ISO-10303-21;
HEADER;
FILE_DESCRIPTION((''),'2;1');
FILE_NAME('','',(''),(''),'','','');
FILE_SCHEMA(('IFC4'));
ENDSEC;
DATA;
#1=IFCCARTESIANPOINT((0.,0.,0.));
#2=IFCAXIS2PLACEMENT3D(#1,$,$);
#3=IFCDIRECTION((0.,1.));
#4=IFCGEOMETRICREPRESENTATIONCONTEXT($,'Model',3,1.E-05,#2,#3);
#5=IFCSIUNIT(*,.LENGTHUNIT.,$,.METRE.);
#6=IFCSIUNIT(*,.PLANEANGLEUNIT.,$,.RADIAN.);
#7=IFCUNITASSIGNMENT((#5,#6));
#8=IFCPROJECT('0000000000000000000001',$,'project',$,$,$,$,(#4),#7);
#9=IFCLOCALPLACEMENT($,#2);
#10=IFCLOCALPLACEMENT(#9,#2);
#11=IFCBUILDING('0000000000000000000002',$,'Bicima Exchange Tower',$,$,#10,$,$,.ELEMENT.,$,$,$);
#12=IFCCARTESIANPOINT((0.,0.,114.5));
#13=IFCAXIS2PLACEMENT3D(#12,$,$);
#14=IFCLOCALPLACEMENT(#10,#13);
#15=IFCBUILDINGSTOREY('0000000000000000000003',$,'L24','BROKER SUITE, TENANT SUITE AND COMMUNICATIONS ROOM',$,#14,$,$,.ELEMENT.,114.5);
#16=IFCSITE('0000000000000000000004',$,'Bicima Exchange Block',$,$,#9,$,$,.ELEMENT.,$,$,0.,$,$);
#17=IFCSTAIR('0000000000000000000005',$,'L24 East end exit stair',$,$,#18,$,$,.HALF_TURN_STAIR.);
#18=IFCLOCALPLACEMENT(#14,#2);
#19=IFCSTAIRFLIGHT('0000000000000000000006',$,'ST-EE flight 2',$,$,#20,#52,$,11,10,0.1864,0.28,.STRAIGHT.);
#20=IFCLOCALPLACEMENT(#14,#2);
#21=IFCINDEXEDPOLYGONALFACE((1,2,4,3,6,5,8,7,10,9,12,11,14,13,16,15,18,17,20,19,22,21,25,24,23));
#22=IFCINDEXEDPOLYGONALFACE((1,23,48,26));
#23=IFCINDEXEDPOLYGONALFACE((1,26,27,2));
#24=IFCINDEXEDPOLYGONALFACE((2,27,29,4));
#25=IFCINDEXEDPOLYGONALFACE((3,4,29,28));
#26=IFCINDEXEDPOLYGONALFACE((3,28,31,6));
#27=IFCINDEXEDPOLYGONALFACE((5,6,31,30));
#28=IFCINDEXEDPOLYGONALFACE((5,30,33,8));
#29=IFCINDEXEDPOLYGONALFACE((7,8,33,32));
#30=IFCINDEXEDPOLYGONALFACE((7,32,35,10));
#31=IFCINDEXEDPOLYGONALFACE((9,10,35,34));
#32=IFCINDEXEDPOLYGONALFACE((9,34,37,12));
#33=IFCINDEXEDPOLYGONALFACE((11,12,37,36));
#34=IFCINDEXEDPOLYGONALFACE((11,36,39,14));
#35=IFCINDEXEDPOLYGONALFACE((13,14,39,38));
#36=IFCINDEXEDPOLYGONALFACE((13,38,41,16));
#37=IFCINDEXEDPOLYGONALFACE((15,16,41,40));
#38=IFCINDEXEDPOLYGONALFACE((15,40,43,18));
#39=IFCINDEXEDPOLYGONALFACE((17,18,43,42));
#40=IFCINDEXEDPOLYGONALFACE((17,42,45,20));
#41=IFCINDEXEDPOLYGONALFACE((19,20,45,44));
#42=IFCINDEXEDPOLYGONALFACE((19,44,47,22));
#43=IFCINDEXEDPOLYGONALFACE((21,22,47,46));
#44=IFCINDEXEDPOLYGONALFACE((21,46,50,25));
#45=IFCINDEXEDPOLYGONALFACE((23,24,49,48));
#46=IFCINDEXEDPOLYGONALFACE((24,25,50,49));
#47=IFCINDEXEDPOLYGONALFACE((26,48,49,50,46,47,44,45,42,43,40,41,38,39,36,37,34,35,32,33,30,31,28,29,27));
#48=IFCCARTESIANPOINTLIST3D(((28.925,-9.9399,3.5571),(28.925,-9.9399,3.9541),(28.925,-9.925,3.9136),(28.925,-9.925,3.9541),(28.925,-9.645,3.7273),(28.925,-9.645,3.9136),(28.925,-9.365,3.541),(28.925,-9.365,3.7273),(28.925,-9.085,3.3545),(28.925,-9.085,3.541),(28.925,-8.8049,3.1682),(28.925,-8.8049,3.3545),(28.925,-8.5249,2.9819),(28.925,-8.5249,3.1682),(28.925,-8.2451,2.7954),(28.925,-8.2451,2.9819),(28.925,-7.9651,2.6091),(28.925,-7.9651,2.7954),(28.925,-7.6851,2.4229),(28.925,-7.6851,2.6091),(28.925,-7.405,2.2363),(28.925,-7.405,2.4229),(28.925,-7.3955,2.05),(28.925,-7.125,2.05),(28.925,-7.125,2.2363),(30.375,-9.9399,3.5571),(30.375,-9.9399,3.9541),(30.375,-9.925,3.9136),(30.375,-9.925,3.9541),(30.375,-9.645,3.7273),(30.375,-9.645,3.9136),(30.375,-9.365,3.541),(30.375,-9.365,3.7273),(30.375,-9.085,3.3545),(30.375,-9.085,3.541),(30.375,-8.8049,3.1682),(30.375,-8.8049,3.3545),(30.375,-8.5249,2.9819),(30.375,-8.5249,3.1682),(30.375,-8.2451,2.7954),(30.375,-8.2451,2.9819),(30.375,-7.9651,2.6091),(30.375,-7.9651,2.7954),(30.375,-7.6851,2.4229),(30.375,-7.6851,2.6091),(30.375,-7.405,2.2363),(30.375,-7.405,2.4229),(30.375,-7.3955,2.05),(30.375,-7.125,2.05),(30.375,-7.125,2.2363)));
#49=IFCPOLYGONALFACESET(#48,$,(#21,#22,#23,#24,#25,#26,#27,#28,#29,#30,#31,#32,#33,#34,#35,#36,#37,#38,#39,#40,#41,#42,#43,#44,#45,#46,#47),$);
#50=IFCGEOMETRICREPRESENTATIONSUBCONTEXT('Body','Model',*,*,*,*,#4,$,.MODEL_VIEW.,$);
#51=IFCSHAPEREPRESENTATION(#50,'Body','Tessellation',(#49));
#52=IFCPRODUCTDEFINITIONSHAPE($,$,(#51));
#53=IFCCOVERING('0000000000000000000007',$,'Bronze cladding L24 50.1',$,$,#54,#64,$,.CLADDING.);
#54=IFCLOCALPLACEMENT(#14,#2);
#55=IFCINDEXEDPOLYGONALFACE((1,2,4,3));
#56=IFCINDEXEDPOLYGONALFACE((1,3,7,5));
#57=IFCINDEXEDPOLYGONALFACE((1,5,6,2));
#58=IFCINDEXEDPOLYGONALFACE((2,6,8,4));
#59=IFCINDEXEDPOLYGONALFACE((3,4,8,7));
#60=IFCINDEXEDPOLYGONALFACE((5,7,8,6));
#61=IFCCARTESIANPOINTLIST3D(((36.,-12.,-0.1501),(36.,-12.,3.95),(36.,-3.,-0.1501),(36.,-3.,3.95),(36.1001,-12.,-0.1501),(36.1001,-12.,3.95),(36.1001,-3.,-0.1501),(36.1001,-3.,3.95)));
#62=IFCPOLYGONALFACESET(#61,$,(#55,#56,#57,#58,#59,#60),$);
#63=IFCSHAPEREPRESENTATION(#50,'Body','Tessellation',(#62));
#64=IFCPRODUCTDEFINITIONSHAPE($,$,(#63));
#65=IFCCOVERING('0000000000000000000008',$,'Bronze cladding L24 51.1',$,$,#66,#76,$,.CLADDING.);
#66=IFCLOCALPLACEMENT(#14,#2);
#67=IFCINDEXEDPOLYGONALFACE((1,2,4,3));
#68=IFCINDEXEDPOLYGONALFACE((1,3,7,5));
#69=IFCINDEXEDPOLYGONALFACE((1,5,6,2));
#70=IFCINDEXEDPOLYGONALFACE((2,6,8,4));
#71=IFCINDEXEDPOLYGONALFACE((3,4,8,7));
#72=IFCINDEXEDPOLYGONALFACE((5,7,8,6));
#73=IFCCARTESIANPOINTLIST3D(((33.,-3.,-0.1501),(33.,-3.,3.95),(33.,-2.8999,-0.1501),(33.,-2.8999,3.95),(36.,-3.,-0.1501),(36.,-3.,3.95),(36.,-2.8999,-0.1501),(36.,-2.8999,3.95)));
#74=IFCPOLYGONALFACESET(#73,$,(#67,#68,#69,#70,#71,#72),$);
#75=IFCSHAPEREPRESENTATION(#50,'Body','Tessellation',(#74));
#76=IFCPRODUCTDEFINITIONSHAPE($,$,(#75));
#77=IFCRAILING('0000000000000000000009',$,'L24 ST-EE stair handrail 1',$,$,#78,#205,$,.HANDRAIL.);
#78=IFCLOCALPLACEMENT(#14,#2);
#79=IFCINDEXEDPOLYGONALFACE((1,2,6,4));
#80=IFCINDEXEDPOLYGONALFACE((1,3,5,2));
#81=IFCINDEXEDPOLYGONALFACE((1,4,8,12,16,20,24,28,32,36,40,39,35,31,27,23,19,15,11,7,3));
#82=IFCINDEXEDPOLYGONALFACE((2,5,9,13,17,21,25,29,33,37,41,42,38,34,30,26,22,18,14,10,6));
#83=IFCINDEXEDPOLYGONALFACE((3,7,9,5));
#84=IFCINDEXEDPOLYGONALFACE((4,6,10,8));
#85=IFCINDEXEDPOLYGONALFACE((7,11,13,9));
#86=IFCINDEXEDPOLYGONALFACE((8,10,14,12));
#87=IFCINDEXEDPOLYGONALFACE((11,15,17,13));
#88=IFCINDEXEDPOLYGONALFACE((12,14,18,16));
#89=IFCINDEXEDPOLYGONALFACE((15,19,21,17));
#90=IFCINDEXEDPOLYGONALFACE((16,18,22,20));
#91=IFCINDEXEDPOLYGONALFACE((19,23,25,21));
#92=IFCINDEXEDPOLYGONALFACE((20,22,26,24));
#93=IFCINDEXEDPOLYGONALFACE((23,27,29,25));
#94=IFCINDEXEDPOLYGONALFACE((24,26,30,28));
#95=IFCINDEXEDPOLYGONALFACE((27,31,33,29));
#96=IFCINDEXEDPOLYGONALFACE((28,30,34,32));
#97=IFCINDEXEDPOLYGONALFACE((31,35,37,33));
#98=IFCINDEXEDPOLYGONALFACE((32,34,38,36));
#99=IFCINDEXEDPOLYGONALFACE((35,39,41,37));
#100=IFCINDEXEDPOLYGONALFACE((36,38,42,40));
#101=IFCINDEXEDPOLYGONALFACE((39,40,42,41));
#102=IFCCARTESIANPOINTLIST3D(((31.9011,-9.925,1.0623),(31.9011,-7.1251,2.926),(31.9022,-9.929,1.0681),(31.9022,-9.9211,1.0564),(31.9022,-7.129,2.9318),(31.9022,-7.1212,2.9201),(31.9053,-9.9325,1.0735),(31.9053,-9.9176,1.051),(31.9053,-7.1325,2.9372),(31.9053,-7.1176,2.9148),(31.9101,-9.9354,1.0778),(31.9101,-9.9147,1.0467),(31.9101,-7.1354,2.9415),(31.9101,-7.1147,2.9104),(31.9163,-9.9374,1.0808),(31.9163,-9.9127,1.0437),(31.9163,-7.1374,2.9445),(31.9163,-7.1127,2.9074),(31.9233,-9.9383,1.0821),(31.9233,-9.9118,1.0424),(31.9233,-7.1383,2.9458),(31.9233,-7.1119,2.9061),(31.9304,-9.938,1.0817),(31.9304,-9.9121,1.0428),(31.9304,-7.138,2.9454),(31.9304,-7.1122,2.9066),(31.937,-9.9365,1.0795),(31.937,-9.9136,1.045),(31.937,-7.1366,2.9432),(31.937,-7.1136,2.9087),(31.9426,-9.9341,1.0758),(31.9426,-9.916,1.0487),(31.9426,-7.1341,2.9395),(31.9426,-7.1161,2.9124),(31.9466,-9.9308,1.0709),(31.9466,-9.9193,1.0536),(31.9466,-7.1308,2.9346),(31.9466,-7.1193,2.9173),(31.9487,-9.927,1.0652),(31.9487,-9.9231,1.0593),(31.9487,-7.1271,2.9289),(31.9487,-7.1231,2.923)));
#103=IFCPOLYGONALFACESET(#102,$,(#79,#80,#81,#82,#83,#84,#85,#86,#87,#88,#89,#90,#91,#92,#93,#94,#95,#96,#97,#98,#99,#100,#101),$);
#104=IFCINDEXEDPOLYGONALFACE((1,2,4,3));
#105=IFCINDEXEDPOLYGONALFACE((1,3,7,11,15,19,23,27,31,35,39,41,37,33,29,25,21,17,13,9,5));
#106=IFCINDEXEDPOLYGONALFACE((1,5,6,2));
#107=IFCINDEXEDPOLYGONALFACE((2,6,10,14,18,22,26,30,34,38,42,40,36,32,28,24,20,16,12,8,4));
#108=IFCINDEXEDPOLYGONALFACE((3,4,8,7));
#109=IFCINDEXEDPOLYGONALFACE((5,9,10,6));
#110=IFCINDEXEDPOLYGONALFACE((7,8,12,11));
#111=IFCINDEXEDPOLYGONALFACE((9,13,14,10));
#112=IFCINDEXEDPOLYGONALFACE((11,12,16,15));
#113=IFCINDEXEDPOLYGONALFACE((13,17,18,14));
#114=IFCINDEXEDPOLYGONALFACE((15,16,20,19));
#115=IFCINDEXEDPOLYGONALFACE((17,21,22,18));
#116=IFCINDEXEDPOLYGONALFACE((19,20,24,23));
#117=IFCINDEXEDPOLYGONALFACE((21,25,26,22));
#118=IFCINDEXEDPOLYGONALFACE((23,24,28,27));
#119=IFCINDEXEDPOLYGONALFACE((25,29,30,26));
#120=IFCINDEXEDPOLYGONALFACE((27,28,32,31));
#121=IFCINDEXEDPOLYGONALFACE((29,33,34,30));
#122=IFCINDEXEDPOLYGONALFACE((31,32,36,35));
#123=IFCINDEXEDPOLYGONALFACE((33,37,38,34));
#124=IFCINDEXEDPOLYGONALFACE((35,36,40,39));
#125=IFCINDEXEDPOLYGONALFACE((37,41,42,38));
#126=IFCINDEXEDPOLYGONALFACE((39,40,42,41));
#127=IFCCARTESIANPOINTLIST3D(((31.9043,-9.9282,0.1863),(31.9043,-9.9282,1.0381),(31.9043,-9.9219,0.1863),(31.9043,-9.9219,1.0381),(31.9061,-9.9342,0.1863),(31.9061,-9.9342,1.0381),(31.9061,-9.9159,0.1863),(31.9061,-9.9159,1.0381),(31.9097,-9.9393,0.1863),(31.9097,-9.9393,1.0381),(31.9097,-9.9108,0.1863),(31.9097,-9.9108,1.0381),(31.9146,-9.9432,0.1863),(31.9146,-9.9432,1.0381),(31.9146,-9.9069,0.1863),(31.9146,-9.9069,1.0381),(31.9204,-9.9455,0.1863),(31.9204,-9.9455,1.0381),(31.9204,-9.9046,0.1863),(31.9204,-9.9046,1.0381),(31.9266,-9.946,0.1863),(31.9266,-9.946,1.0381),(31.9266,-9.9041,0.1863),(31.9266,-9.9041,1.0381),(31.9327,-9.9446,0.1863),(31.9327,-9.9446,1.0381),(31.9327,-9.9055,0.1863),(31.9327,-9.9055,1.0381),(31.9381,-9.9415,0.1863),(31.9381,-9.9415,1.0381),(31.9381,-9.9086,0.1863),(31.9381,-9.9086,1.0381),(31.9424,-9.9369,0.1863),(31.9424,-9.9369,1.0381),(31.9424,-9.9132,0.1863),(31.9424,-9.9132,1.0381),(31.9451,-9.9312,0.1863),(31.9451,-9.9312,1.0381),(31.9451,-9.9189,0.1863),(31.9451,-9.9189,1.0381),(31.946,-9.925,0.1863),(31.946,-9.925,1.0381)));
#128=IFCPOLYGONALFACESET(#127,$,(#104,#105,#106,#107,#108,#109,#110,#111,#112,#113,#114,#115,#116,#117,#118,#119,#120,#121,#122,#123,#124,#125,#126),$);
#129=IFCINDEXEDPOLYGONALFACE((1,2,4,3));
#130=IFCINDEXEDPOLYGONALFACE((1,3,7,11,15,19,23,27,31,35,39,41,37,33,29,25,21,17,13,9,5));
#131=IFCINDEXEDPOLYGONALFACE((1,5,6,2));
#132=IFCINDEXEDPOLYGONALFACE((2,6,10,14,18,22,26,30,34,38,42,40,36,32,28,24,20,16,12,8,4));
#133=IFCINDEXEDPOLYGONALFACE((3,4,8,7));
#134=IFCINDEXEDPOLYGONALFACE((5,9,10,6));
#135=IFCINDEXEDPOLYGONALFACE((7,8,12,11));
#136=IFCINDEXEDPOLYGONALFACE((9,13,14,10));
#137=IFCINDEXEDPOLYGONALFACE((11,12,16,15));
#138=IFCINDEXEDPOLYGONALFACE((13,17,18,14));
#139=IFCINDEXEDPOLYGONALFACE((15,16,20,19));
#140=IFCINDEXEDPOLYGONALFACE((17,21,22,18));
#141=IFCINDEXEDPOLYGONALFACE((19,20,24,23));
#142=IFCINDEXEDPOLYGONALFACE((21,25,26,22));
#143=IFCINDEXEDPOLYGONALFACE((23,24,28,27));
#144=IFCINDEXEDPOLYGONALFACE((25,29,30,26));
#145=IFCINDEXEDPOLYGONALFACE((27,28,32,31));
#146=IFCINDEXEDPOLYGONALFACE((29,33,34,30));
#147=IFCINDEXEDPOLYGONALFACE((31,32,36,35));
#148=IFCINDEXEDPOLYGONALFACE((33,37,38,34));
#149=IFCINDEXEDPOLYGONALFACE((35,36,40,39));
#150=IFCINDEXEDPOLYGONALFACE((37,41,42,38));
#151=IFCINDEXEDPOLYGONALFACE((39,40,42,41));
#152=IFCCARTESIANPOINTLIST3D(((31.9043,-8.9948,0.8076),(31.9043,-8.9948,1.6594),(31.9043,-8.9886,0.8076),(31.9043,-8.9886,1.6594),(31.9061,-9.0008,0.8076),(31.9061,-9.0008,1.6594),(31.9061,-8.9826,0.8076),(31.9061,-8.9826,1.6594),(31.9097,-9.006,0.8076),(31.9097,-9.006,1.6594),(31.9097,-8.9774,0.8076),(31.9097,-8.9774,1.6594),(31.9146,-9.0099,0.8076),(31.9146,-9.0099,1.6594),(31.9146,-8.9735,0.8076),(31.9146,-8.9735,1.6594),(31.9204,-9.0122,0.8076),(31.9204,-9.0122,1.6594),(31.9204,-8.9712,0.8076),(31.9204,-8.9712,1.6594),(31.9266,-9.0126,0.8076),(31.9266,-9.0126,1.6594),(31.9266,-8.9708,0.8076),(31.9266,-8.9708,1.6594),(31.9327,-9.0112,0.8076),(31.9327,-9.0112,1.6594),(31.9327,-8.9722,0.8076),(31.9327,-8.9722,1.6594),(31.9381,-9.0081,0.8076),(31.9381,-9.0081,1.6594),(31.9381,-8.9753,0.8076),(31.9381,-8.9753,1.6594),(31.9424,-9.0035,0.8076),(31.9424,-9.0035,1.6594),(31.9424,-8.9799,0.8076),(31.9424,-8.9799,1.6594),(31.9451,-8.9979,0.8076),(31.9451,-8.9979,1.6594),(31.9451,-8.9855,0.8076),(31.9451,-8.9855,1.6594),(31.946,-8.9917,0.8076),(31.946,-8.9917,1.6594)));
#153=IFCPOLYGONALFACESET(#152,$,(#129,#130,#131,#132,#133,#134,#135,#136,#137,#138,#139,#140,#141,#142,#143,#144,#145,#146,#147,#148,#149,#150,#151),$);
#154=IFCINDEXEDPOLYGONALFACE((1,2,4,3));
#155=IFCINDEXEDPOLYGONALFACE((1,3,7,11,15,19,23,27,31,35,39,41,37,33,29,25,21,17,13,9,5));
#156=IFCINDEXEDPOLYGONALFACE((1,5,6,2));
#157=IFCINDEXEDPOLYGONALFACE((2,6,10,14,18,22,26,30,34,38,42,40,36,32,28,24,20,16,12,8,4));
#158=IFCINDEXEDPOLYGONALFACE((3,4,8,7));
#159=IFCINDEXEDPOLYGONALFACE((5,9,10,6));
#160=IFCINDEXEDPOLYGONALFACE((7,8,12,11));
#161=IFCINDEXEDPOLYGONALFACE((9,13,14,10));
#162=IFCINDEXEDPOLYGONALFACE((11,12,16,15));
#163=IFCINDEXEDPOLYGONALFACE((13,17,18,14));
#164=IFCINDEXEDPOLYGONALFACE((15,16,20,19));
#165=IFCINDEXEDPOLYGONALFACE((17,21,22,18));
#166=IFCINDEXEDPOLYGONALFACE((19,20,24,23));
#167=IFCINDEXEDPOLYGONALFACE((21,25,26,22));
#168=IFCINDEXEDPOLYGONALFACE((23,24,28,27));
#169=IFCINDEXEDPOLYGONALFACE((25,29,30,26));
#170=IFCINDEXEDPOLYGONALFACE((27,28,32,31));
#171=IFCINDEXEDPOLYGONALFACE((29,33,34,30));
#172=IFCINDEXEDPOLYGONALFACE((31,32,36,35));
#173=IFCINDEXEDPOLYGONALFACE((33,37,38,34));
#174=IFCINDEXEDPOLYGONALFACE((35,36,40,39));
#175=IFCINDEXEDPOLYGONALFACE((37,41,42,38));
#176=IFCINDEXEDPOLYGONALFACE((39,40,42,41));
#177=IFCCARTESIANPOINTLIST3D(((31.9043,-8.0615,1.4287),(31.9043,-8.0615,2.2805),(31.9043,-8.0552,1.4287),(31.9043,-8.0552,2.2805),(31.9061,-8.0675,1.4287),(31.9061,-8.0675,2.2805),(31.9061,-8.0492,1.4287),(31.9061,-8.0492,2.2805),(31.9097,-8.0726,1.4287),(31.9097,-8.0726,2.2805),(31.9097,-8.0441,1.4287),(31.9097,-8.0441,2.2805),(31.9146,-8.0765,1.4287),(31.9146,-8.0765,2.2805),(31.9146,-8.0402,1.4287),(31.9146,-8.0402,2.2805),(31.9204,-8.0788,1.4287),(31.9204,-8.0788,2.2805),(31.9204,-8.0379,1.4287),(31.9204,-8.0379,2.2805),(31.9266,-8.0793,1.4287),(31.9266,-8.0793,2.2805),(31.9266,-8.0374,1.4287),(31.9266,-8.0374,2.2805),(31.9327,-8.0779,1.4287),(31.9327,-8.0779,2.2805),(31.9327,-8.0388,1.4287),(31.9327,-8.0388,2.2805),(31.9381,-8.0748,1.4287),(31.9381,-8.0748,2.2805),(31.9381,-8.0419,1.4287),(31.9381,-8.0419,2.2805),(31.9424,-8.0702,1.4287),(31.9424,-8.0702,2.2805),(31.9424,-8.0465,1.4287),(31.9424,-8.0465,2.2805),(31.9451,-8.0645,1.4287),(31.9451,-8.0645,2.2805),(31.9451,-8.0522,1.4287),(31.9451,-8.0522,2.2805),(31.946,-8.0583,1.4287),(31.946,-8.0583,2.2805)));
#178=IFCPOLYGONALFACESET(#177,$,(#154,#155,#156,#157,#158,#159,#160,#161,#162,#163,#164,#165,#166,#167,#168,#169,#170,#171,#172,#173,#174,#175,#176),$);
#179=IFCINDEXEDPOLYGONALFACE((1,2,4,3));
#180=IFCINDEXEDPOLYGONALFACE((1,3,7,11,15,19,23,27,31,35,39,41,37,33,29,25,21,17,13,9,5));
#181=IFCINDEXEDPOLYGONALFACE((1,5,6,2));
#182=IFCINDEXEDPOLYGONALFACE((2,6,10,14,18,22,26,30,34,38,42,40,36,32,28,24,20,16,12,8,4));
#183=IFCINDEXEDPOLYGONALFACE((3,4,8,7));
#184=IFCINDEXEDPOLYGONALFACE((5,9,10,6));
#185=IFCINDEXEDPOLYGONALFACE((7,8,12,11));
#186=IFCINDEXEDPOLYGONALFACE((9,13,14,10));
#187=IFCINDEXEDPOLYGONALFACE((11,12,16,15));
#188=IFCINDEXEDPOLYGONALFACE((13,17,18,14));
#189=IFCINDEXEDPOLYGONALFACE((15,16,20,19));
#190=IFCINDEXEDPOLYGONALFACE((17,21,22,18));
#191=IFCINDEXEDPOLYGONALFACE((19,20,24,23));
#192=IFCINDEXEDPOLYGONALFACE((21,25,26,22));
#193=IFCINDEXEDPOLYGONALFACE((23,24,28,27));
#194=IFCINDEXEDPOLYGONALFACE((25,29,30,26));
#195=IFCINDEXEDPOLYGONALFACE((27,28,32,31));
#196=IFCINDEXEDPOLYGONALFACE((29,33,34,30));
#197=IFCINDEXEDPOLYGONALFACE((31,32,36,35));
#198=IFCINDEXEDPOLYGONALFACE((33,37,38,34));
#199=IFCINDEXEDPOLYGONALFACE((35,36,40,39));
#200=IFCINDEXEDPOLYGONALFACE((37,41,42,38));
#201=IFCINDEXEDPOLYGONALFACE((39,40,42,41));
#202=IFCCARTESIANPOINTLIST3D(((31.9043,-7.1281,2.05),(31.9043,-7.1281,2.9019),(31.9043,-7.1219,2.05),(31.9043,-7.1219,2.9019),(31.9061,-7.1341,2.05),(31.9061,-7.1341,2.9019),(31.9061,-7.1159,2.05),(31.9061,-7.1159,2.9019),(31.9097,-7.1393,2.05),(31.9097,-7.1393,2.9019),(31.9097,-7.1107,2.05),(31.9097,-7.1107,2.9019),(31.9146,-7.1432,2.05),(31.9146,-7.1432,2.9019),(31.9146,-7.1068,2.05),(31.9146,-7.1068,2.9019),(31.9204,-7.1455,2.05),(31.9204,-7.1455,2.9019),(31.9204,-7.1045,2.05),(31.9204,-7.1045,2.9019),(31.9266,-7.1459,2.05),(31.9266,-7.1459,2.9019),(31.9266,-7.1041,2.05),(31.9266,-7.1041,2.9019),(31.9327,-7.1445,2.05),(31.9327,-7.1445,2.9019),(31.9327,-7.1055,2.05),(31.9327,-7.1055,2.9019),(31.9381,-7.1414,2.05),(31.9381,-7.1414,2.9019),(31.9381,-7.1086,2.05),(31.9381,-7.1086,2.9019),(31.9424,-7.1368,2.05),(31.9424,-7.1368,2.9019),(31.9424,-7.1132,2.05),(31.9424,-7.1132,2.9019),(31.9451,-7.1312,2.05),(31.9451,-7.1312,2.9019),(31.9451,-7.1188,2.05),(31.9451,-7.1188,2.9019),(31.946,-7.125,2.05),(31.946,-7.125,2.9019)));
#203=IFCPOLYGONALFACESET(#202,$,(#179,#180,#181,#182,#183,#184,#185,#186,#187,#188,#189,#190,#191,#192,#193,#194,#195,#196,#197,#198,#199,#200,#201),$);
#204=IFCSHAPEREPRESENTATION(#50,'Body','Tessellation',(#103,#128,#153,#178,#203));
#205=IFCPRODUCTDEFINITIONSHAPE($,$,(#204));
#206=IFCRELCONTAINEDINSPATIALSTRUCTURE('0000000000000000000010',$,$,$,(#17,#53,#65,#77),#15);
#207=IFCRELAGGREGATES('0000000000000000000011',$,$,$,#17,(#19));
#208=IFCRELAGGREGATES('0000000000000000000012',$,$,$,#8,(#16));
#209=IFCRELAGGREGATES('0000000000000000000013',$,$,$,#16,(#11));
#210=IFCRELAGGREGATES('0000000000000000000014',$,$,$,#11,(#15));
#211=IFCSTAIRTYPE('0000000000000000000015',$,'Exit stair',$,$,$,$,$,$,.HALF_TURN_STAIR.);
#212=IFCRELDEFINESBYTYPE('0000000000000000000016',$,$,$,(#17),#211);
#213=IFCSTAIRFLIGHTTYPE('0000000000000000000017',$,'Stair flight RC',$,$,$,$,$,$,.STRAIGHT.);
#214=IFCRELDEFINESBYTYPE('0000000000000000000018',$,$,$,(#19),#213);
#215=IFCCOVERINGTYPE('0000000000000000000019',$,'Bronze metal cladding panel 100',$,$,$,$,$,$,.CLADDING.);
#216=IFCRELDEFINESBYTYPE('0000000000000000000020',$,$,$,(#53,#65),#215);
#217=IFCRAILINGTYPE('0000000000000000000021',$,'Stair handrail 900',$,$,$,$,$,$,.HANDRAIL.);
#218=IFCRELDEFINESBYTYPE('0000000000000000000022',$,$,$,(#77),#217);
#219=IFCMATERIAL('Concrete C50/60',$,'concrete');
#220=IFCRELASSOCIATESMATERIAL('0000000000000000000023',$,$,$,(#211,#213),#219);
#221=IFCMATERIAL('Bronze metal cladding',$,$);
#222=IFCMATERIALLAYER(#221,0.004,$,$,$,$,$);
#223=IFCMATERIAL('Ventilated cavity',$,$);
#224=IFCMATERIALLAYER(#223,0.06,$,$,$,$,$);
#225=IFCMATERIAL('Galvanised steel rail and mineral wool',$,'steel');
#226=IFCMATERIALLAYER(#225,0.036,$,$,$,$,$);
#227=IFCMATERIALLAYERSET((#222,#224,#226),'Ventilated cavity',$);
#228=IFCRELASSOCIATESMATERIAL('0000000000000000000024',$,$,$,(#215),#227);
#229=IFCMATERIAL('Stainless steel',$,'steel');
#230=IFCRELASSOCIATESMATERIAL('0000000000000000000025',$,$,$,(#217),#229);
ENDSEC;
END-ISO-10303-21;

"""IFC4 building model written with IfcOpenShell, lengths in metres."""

from ifc_helpers import new_model, si_unit, direction, frame, origin, origin_2d, place, context, subcontext, project, spatial, polyline, rectangle, circle, outline, extrude, material, layer, layer_set, type_object, element, aggregate, save


model = new_model("IFC4")

# Units and contexts
model_context = context("Model", 3, precision=1e-05, world=origin(), true_north=direction((0.0, 1.0)))
body_context = subcontext(model_context, "Body", "Model", "MODEL_VIEW")
ifc_project = project(units=[si_unit("LENGTHUNIT", "METRE"), si_unit("PLANEANGLEUNIT", "RADIAN")], contexts=[model_context])

# Site, building, storey
site_placement = place(None, origin())
site = spatial("IfcSite", under=ifc_project, at=site_placement, Name="Bicima Exchange Block", CompositionType="ELEMENT", RefElevation=0.0)
building_placement = place(site_placement, origin())
building = spatial("IfcBuilding", under=site, at=building_placement, Name="Bicima Exchange Tower", CompositionType="ELEMENT")
storey_placement = place(building_placement, frame((0.0, 0.0, 114.5)))
storey = spatial("IfcBuildingStorey", under=building, at=storey_placement, Name="L24", Description="BROKER SUITE, TENANT SUITE AND COMMUNICATIONS ROOM", CompositionType="ELEMENT", Elevation=114.5)

# Shared definitions
ifc_material_1 = material(Name="Concrete C50/60", Category="concrete")

# Stair, stair flight
stair_type = type_object("IfcStairType", Name="Exit stair", PredefinedType="HALF_TURN_STAIR", material=ifc_material_1)
stair_placement = place(storey_placement, origin())
stair = element("IfcStair", 1, at=stair_placement, inside=storey, type_object=stair_type, Name="L24 East end exit stair", PredefinedType="HALF_TURN_STAIR")
stair_flight_type = type_object("IfcStairFlightType", Name="Stair flight RC", PredefinedType="STRAIGHT", material=ifc_material_1)
stair_flight_1_placement = place(storey_placement, frame((29.6499, -7.125, 2.05), z_axis=(0.0, 0.0, 1.0), x_axis=(0.0, -1.0, 0.0)))
stair_flight_1 = element("IfcStairFlight", 2, at=stair_flight_1_placement, type_object=stair_flight_type, Name="ST-EE flight 2", NumberOfRisers=11, NumberOfTreads=10, PredefinedType="STRAIGHT", RiserHeight=0.1864, TreadLength=0.28, context=body_context, shape_type="SweptSolid", body=[
    extrude(outline(polyline([(0.0, 0.0), (0.0, 0.1863), (0.28, 0.1863), (0.28, 0.3728), (0.5601, 0.3728), (0.5601, 0.5591), (0.8401, 0.5591), (0.8401, 0.7454), (1.1201, 0.7454), (1.1201, 0.9319), (1.3999, 0.9319), (1.3999, 1.1182), (1.6799, 1.1182), (1.6799, 1.3044), (1.96, 1.3044), (1.96, 1.491), (2.24, 1.491), (2.24, 1.6772), (2.52, 1.6772), (2.52, 1.8635), (2.8, 1.8635), (2.8, 1.9041), (2.8149, 1.9041), (2.8149, 1.5071), (0.2705, 0.0), (0.0, 0.0)])), frame((0.0, 0.7251, 0.0), z_axis=(0.0, -1.0, 0.0), x_axis=(1.0, 0.0, 0.0)), (0.0, 0.0, 1.0), 1.45),
])
aggregate(stair, [stair_flight_1])

# Coverings
ifc_material_2 = material(Name="Bronze metal cladding")
ifc_layer_1 = layer(ifc_material_2, 0.004)
ifc_material_3 = material(Name="Ventilated cavity")
ifc_layer_2 = layer(ifc_material_3, 0.06)
ifc_material_4 = material(Name="Galvanised steel rail and mineral wool", Category="steel")
ifc_layer_3 = layer(ifc_material_4, 0.036)
ifc_layer_set_1 = layer_set([ifc_layer_1, ifc_layer_2, ifc_layer_3], Name="Ventilated cavity")
covering_type = type_object("IfcCoveringType", Name="Bronze metal cladding panel 100", PredefinedType="CLADDING", material=ifc_layer_set_1)
covering_1_placement = place(storey_placement, frame((36.05, -7.5, -0.1501), z_axis=(0.0, 0.0, 1.0), x_axis=(0.0, 1.0, 0.0)))
element("IfcCovering", 3, at=covering_1_placement, inside=storey, type_object=covering_type, Name="Bronze cladding L24 50.1", PredefinedType="CLADDING", context=body_context, shape_type="SweptSolid", body=[
    extrude(rectangle(XDim=9.0, YDim=0.1001, at=origin_2d()), origin(), (0.0, 0.0, 1.0), 4.1001),
])
covering_2_placement = place(storey_placement, frame((34.5, -2.95, -0.1501), z_axis=(0.0, 0.0, 1.0), x_axis=(-1.0, 0.0, 0.0)))
element("IfcCovering", 4, at=covering_2_placement, inside=storey, type_object=covering_type, Name="Bronze cladding L24 51.1", PredefinedType="CLADDING", context=body_context, shape_type="SweptSolid", body=[
    extrude(rectangle(XDim=3.0, YDim=0.1001, at=origin_2d()), origin(), (0.0, 0.0, 1.0), 4.1001),
])

# Railing
ifc_material_5 = material(Name="Stainless steel", Category="steel")
railing_type_1 = type_object("IfcRailingType", Name="Stair handrail 900", PredefinedType="HANDRAIL", material=ifc_material_5)
railing_1_placement = place(storey_placement, frame((31.925, -9.925, 0.1863)))
element("IfcRailing", 5, at=railing_1_placement, inside=storey, type_object=railing_type_1, Name="L24 ST-EE stair handrail 1", PredefinedType="HANDRAIL", context=body_context, shape_type="SweptSolid", body=[
    extrude(circle(Radius=0.0239, at=origin_2d()), frame((0.0, 0.0, 0.876), z_axis=(0.0, 0.832452, 0.554097), x_axis=(-1.0, 0.0, 0.0)), (0.0, 0.0, 1.0), 3.3635),
    extrude(circle(Radius=0.021, at=origin_2d()), origin(), (0.0, 0.0, 1.0), 0.8518),
    extrude(circle(Radius=0.021, at=origin_2d()), frame((0.0, 0.9333, 0.6213)), (0.0, 0.0, 1.0), 0.8518),
    extrude(circle(Radius=0.021, at=origin_2d()), frame((0.0, 1.8667, 1.2424)), (0.0, 0.0, 1.0), 0.8518),
    extrude(circle(Radius=0.021, at=origin_2d()), frame((0.0, 2.8, 1.8638)), (0.0, 0.0, 1.0), 0.8518),
])

save(model, "model.ifc")
